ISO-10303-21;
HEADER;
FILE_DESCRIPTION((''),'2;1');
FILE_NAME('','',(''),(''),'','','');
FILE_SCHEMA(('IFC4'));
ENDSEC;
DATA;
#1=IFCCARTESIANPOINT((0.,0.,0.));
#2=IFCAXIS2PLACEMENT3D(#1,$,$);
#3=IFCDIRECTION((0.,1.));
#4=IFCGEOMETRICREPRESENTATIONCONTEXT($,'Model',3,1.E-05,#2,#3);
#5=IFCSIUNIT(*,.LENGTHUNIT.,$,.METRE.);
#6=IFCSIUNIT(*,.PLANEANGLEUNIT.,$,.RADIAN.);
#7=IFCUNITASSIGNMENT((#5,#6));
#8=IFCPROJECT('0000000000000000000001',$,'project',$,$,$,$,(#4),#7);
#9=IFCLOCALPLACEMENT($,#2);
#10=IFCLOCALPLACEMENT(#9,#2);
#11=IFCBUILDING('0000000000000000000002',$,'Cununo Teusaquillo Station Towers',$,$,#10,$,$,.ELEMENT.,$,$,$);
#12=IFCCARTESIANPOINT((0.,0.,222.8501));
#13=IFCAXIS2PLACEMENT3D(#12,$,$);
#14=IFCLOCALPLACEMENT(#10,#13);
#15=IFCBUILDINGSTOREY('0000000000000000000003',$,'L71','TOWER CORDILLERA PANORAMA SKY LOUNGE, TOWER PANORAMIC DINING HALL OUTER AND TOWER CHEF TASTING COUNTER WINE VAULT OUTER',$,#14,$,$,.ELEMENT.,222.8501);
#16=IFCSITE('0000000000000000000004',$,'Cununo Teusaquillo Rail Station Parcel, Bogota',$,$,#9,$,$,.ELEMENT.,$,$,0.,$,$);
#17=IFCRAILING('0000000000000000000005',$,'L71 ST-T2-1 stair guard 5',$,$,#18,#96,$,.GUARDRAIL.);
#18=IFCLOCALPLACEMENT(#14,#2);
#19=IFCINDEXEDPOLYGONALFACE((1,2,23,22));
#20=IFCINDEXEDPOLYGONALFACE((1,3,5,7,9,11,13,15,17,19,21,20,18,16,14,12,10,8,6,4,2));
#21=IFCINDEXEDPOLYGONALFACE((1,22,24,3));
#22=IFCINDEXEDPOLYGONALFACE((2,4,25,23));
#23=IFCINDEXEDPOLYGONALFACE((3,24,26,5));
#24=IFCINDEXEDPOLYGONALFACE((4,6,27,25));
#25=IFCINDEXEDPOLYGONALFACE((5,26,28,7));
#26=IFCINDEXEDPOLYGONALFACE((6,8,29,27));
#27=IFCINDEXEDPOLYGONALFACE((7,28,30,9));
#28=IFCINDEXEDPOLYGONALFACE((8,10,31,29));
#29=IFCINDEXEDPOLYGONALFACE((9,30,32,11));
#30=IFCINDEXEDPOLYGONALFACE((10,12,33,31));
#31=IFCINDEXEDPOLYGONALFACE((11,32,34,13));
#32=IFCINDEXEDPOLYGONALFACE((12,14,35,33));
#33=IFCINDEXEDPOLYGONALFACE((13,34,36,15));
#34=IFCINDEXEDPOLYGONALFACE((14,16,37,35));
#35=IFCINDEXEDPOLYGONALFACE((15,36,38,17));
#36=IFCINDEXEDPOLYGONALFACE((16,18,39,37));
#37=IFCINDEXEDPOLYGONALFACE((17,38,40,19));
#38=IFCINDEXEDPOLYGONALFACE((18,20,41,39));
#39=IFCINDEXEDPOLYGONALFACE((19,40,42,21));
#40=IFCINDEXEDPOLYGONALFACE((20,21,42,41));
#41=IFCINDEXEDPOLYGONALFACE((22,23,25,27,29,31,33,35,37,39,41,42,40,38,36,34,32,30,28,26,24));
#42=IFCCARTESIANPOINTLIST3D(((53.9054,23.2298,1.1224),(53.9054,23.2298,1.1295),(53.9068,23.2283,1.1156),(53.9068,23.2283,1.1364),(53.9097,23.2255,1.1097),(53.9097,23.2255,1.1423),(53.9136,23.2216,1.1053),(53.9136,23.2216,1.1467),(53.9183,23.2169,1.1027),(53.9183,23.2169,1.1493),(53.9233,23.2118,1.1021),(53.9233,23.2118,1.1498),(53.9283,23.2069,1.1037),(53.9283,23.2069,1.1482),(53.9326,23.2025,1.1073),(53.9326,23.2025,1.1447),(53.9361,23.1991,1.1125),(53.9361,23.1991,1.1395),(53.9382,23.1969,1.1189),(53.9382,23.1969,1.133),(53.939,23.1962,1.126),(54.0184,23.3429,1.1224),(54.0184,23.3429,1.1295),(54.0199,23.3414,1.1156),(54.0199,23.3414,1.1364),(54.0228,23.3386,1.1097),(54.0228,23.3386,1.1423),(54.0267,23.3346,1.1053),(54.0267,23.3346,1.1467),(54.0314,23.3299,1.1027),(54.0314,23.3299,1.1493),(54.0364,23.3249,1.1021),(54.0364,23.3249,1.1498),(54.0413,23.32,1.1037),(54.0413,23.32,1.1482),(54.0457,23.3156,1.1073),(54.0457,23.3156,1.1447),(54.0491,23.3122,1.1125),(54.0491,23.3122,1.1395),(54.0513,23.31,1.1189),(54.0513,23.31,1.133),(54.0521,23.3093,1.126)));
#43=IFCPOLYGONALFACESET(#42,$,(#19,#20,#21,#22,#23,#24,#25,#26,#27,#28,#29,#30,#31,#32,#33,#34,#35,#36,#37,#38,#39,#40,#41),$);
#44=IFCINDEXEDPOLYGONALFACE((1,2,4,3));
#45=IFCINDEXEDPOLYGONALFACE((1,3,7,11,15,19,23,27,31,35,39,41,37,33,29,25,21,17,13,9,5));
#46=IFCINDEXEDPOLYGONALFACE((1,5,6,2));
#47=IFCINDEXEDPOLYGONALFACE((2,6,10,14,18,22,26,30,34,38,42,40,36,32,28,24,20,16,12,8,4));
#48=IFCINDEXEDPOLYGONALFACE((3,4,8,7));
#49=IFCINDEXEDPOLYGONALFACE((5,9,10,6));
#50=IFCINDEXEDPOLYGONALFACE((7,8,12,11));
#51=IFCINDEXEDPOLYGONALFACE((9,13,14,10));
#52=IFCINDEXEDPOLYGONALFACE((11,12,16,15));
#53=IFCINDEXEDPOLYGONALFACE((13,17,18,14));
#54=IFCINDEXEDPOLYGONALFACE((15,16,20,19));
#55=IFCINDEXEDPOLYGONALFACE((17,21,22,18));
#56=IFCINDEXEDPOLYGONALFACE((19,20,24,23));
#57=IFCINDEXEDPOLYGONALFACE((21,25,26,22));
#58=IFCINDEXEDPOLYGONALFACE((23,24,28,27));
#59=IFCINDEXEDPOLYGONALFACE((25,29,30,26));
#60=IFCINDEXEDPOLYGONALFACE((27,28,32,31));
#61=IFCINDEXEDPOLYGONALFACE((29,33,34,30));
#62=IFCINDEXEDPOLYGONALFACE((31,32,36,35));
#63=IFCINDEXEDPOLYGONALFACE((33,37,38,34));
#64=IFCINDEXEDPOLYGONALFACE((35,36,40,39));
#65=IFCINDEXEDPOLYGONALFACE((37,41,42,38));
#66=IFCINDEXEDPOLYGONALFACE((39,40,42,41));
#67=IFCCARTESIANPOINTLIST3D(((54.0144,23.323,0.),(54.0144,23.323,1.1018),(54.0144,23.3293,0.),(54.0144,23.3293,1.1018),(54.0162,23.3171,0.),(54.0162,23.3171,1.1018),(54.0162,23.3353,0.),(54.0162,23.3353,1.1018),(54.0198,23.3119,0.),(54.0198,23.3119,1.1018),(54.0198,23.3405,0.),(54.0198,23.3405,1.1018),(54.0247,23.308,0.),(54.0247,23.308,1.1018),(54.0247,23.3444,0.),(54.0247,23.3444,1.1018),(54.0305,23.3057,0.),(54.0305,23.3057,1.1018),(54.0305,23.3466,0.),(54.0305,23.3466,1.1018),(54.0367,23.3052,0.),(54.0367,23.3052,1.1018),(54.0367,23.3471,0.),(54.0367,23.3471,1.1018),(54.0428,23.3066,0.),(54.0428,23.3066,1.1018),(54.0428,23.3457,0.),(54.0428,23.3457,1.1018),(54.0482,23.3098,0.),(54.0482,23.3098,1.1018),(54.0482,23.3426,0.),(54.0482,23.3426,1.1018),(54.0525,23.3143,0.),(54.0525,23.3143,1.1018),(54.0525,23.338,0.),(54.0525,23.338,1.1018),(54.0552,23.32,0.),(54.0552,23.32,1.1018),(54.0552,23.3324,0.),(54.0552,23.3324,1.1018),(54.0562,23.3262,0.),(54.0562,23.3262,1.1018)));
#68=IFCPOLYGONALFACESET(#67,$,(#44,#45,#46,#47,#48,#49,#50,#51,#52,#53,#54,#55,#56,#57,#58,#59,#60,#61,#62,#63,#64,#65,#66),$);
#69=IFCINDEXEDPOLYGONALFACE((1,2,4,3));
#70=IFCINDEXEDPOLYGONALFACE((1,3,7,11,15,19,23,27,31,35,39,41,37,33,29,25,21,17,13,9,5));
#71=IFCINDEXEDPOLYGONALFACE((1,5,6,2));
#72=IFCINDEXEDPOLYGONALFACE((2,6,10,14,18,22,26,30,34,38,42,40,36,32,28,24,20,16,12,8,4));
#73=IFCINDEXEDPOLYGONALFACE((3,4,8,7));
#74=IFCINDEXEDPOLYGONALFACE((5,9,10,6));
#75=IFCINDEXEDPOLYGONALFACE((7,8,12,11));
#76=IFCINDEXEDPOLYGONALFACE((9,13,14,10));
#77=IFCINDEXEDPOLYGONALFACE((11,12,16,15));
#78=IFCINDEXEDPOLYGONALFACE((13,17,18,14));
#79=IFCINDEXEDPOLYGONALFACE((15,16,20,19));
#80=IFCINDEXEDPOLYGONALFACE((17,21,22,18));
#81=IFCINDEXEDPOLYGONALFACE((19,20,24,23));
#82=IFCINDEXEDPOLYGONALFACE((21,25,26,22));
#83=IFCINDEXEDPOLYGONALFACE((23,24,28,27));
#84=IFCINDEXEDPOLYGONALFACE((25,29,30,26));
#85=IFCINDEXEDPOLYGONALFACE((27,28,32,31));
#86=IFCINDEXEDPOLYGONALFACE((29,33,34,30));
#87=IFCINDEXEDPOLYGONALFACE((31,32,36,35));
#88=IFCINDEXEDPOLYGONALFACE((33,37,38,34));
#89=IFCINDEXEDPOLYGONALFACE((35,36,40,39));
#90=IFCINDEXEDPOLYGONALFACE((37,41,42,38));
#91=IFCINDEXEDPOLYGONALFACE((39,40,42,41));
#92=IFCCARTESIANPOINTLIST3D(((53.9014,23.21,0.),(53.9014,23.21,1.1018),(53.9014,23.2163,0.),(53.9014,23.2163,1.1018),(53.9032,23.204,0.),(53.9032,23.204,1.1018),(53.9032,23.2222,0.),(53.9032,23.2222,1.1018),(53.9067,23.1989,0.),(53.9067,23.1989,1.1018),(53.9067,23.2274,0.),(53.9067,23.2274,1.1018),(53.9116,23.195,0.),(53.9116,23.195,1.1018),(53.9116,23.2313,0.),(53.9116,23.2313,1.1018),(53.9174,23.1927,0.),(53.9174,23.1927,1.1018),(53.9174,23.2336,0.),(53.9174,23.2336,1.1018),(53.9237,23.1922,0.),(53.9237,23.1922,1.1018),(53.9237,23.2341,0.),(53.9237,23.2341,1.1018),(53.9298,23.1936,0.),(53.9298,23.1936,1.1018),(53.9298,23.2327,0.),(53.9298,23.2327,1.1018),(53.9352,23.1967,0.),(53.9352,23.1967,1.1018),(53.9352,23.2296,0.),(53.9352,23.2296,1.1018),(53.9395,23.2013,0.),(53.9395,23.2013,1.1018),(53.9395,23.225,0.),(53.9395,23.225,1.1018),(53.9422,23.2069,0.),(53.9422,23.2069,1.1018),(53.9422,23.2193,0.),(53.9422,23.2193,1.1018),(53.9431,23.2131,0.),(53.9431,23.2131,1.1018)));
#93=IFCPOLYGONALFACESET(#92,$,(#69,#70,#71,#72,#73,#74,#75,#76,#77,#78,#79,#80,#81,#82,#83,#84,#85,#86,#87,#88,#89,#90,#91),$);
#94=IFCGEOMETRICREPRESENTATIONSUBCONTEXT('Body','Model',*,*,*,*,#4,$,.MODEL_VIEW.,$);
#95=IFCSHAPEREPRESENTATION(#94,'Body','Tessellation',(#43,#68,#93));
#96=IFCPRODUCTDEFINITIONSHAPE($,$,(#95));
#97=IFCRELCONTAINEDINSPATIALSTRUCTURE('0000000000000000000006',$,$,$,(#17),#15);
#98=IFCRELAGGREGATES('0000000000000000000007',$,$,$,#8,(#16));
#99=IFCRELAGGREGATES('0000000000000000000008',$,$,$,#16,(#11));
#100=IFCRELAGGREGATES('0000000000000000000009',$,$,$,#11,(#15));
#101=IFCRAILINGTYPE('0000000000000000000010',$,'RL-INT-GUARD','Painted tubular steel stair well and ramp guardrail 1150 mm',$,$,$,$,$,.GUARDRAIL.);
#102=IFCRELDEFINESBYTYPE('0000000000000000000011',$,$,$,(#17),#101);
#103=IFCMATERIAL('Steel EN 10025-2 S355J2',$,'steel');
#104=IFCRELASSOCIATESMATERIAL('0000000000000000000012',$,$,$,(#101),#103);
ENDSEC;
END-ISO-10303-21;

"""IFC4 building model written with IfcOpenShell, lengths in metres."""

from ifc_helpers import new_model, si_unit, direction, frame, origin, origin_2d, place, context, subcontext, project, spatial, circle, extrude, material, type_object, element, save


model = new_model("IFC4")

# Units and contexts
model_context = context("Model", 3, precision=1e-05, world=origin(), true_north=direction((0.0, 1.0)))
body_context = subcontext(model_context, "Body", "Model", "MODEL_VIEW")
ifc_project = project(units=[si_unit("LENGTHUNIT", "METRE"), si_unit("PLANEANGLEUNIT", "RADIAN")], contexts=[model_context])

# Site, building, storey
site_placement = place(None, origin())
site = spatial("IfcSite", under=ifc_project, at=site_placement, Name="Cununo Teusaquillo Rail Station Parcel, Bogota", CompositionType="ELEMENT", RefElevation=0.0)
building_placement = place(site_placement, origin())
building = spatial("IfcBuilding", under=site, at=building_placement, Name="Cununo Teusaquillo Station Towers", CompositionType="ELEMENT")
storey_placement = place(building_placement, frame((0.0, 0.0, 222.8501)))
storey = spatial("IfcBuildingStorey", under=building, at=storey_placement, Name="L71", Description="TOWER CORDILLERA PANORAMA SKY LOUNGE, TOWER PANORAMIC DINING HALL OUTER AND TOWER CHEF TASTING COUNTER WINE VAULT OUTER", CompositionType="ELEMENT", Elevation=222.8501)

# Railing
ifc_material_1 = material(Name="Steel EN 10025-2 S355J2", Category="steel")
railing_type_1 = type_object("IfcRailingType", Name="RL-INT-GUARD", Description="Painted tubular steel stair well and ramp guardrail 1150 mm", PredefinedType="GUARDRAIL", material=ifc_material_1)
railing_1_placement = place(storey_placement, frame((54.0352, 23.3262, 0.0)))
element("IfcRailing", 1, at=railing_1_placement, inside=storey, type_object=railing_type_1, Name="L71 ST-T2-1 stair guard 5", PredefinedType="GUARDRAIL", context=body_context, shape_type="SweptSolid", body=[
    extrude(circle(Radius=0.0239, at=origin_2d()), frame((0.0, 0.0, 1.126), z_axis=(-0.707107, -0.707107, 0.0), x_axis=(0.707107, -0.707107, 0.0)), (0.0, 0.0, 1.0), 0.1599),
    extrude(circle(Radius=0.021, at=origin_2d()), origin(), (0.0, 0.0, 1.0), 1.1018),
    extrude(circle(Radius=0.021, at=origin_2d()), frame((-0.113, -0.113, 0.0)), (0.0, 0.0, 1.0), 1.1018),
])

save(model, "model.ifc")
